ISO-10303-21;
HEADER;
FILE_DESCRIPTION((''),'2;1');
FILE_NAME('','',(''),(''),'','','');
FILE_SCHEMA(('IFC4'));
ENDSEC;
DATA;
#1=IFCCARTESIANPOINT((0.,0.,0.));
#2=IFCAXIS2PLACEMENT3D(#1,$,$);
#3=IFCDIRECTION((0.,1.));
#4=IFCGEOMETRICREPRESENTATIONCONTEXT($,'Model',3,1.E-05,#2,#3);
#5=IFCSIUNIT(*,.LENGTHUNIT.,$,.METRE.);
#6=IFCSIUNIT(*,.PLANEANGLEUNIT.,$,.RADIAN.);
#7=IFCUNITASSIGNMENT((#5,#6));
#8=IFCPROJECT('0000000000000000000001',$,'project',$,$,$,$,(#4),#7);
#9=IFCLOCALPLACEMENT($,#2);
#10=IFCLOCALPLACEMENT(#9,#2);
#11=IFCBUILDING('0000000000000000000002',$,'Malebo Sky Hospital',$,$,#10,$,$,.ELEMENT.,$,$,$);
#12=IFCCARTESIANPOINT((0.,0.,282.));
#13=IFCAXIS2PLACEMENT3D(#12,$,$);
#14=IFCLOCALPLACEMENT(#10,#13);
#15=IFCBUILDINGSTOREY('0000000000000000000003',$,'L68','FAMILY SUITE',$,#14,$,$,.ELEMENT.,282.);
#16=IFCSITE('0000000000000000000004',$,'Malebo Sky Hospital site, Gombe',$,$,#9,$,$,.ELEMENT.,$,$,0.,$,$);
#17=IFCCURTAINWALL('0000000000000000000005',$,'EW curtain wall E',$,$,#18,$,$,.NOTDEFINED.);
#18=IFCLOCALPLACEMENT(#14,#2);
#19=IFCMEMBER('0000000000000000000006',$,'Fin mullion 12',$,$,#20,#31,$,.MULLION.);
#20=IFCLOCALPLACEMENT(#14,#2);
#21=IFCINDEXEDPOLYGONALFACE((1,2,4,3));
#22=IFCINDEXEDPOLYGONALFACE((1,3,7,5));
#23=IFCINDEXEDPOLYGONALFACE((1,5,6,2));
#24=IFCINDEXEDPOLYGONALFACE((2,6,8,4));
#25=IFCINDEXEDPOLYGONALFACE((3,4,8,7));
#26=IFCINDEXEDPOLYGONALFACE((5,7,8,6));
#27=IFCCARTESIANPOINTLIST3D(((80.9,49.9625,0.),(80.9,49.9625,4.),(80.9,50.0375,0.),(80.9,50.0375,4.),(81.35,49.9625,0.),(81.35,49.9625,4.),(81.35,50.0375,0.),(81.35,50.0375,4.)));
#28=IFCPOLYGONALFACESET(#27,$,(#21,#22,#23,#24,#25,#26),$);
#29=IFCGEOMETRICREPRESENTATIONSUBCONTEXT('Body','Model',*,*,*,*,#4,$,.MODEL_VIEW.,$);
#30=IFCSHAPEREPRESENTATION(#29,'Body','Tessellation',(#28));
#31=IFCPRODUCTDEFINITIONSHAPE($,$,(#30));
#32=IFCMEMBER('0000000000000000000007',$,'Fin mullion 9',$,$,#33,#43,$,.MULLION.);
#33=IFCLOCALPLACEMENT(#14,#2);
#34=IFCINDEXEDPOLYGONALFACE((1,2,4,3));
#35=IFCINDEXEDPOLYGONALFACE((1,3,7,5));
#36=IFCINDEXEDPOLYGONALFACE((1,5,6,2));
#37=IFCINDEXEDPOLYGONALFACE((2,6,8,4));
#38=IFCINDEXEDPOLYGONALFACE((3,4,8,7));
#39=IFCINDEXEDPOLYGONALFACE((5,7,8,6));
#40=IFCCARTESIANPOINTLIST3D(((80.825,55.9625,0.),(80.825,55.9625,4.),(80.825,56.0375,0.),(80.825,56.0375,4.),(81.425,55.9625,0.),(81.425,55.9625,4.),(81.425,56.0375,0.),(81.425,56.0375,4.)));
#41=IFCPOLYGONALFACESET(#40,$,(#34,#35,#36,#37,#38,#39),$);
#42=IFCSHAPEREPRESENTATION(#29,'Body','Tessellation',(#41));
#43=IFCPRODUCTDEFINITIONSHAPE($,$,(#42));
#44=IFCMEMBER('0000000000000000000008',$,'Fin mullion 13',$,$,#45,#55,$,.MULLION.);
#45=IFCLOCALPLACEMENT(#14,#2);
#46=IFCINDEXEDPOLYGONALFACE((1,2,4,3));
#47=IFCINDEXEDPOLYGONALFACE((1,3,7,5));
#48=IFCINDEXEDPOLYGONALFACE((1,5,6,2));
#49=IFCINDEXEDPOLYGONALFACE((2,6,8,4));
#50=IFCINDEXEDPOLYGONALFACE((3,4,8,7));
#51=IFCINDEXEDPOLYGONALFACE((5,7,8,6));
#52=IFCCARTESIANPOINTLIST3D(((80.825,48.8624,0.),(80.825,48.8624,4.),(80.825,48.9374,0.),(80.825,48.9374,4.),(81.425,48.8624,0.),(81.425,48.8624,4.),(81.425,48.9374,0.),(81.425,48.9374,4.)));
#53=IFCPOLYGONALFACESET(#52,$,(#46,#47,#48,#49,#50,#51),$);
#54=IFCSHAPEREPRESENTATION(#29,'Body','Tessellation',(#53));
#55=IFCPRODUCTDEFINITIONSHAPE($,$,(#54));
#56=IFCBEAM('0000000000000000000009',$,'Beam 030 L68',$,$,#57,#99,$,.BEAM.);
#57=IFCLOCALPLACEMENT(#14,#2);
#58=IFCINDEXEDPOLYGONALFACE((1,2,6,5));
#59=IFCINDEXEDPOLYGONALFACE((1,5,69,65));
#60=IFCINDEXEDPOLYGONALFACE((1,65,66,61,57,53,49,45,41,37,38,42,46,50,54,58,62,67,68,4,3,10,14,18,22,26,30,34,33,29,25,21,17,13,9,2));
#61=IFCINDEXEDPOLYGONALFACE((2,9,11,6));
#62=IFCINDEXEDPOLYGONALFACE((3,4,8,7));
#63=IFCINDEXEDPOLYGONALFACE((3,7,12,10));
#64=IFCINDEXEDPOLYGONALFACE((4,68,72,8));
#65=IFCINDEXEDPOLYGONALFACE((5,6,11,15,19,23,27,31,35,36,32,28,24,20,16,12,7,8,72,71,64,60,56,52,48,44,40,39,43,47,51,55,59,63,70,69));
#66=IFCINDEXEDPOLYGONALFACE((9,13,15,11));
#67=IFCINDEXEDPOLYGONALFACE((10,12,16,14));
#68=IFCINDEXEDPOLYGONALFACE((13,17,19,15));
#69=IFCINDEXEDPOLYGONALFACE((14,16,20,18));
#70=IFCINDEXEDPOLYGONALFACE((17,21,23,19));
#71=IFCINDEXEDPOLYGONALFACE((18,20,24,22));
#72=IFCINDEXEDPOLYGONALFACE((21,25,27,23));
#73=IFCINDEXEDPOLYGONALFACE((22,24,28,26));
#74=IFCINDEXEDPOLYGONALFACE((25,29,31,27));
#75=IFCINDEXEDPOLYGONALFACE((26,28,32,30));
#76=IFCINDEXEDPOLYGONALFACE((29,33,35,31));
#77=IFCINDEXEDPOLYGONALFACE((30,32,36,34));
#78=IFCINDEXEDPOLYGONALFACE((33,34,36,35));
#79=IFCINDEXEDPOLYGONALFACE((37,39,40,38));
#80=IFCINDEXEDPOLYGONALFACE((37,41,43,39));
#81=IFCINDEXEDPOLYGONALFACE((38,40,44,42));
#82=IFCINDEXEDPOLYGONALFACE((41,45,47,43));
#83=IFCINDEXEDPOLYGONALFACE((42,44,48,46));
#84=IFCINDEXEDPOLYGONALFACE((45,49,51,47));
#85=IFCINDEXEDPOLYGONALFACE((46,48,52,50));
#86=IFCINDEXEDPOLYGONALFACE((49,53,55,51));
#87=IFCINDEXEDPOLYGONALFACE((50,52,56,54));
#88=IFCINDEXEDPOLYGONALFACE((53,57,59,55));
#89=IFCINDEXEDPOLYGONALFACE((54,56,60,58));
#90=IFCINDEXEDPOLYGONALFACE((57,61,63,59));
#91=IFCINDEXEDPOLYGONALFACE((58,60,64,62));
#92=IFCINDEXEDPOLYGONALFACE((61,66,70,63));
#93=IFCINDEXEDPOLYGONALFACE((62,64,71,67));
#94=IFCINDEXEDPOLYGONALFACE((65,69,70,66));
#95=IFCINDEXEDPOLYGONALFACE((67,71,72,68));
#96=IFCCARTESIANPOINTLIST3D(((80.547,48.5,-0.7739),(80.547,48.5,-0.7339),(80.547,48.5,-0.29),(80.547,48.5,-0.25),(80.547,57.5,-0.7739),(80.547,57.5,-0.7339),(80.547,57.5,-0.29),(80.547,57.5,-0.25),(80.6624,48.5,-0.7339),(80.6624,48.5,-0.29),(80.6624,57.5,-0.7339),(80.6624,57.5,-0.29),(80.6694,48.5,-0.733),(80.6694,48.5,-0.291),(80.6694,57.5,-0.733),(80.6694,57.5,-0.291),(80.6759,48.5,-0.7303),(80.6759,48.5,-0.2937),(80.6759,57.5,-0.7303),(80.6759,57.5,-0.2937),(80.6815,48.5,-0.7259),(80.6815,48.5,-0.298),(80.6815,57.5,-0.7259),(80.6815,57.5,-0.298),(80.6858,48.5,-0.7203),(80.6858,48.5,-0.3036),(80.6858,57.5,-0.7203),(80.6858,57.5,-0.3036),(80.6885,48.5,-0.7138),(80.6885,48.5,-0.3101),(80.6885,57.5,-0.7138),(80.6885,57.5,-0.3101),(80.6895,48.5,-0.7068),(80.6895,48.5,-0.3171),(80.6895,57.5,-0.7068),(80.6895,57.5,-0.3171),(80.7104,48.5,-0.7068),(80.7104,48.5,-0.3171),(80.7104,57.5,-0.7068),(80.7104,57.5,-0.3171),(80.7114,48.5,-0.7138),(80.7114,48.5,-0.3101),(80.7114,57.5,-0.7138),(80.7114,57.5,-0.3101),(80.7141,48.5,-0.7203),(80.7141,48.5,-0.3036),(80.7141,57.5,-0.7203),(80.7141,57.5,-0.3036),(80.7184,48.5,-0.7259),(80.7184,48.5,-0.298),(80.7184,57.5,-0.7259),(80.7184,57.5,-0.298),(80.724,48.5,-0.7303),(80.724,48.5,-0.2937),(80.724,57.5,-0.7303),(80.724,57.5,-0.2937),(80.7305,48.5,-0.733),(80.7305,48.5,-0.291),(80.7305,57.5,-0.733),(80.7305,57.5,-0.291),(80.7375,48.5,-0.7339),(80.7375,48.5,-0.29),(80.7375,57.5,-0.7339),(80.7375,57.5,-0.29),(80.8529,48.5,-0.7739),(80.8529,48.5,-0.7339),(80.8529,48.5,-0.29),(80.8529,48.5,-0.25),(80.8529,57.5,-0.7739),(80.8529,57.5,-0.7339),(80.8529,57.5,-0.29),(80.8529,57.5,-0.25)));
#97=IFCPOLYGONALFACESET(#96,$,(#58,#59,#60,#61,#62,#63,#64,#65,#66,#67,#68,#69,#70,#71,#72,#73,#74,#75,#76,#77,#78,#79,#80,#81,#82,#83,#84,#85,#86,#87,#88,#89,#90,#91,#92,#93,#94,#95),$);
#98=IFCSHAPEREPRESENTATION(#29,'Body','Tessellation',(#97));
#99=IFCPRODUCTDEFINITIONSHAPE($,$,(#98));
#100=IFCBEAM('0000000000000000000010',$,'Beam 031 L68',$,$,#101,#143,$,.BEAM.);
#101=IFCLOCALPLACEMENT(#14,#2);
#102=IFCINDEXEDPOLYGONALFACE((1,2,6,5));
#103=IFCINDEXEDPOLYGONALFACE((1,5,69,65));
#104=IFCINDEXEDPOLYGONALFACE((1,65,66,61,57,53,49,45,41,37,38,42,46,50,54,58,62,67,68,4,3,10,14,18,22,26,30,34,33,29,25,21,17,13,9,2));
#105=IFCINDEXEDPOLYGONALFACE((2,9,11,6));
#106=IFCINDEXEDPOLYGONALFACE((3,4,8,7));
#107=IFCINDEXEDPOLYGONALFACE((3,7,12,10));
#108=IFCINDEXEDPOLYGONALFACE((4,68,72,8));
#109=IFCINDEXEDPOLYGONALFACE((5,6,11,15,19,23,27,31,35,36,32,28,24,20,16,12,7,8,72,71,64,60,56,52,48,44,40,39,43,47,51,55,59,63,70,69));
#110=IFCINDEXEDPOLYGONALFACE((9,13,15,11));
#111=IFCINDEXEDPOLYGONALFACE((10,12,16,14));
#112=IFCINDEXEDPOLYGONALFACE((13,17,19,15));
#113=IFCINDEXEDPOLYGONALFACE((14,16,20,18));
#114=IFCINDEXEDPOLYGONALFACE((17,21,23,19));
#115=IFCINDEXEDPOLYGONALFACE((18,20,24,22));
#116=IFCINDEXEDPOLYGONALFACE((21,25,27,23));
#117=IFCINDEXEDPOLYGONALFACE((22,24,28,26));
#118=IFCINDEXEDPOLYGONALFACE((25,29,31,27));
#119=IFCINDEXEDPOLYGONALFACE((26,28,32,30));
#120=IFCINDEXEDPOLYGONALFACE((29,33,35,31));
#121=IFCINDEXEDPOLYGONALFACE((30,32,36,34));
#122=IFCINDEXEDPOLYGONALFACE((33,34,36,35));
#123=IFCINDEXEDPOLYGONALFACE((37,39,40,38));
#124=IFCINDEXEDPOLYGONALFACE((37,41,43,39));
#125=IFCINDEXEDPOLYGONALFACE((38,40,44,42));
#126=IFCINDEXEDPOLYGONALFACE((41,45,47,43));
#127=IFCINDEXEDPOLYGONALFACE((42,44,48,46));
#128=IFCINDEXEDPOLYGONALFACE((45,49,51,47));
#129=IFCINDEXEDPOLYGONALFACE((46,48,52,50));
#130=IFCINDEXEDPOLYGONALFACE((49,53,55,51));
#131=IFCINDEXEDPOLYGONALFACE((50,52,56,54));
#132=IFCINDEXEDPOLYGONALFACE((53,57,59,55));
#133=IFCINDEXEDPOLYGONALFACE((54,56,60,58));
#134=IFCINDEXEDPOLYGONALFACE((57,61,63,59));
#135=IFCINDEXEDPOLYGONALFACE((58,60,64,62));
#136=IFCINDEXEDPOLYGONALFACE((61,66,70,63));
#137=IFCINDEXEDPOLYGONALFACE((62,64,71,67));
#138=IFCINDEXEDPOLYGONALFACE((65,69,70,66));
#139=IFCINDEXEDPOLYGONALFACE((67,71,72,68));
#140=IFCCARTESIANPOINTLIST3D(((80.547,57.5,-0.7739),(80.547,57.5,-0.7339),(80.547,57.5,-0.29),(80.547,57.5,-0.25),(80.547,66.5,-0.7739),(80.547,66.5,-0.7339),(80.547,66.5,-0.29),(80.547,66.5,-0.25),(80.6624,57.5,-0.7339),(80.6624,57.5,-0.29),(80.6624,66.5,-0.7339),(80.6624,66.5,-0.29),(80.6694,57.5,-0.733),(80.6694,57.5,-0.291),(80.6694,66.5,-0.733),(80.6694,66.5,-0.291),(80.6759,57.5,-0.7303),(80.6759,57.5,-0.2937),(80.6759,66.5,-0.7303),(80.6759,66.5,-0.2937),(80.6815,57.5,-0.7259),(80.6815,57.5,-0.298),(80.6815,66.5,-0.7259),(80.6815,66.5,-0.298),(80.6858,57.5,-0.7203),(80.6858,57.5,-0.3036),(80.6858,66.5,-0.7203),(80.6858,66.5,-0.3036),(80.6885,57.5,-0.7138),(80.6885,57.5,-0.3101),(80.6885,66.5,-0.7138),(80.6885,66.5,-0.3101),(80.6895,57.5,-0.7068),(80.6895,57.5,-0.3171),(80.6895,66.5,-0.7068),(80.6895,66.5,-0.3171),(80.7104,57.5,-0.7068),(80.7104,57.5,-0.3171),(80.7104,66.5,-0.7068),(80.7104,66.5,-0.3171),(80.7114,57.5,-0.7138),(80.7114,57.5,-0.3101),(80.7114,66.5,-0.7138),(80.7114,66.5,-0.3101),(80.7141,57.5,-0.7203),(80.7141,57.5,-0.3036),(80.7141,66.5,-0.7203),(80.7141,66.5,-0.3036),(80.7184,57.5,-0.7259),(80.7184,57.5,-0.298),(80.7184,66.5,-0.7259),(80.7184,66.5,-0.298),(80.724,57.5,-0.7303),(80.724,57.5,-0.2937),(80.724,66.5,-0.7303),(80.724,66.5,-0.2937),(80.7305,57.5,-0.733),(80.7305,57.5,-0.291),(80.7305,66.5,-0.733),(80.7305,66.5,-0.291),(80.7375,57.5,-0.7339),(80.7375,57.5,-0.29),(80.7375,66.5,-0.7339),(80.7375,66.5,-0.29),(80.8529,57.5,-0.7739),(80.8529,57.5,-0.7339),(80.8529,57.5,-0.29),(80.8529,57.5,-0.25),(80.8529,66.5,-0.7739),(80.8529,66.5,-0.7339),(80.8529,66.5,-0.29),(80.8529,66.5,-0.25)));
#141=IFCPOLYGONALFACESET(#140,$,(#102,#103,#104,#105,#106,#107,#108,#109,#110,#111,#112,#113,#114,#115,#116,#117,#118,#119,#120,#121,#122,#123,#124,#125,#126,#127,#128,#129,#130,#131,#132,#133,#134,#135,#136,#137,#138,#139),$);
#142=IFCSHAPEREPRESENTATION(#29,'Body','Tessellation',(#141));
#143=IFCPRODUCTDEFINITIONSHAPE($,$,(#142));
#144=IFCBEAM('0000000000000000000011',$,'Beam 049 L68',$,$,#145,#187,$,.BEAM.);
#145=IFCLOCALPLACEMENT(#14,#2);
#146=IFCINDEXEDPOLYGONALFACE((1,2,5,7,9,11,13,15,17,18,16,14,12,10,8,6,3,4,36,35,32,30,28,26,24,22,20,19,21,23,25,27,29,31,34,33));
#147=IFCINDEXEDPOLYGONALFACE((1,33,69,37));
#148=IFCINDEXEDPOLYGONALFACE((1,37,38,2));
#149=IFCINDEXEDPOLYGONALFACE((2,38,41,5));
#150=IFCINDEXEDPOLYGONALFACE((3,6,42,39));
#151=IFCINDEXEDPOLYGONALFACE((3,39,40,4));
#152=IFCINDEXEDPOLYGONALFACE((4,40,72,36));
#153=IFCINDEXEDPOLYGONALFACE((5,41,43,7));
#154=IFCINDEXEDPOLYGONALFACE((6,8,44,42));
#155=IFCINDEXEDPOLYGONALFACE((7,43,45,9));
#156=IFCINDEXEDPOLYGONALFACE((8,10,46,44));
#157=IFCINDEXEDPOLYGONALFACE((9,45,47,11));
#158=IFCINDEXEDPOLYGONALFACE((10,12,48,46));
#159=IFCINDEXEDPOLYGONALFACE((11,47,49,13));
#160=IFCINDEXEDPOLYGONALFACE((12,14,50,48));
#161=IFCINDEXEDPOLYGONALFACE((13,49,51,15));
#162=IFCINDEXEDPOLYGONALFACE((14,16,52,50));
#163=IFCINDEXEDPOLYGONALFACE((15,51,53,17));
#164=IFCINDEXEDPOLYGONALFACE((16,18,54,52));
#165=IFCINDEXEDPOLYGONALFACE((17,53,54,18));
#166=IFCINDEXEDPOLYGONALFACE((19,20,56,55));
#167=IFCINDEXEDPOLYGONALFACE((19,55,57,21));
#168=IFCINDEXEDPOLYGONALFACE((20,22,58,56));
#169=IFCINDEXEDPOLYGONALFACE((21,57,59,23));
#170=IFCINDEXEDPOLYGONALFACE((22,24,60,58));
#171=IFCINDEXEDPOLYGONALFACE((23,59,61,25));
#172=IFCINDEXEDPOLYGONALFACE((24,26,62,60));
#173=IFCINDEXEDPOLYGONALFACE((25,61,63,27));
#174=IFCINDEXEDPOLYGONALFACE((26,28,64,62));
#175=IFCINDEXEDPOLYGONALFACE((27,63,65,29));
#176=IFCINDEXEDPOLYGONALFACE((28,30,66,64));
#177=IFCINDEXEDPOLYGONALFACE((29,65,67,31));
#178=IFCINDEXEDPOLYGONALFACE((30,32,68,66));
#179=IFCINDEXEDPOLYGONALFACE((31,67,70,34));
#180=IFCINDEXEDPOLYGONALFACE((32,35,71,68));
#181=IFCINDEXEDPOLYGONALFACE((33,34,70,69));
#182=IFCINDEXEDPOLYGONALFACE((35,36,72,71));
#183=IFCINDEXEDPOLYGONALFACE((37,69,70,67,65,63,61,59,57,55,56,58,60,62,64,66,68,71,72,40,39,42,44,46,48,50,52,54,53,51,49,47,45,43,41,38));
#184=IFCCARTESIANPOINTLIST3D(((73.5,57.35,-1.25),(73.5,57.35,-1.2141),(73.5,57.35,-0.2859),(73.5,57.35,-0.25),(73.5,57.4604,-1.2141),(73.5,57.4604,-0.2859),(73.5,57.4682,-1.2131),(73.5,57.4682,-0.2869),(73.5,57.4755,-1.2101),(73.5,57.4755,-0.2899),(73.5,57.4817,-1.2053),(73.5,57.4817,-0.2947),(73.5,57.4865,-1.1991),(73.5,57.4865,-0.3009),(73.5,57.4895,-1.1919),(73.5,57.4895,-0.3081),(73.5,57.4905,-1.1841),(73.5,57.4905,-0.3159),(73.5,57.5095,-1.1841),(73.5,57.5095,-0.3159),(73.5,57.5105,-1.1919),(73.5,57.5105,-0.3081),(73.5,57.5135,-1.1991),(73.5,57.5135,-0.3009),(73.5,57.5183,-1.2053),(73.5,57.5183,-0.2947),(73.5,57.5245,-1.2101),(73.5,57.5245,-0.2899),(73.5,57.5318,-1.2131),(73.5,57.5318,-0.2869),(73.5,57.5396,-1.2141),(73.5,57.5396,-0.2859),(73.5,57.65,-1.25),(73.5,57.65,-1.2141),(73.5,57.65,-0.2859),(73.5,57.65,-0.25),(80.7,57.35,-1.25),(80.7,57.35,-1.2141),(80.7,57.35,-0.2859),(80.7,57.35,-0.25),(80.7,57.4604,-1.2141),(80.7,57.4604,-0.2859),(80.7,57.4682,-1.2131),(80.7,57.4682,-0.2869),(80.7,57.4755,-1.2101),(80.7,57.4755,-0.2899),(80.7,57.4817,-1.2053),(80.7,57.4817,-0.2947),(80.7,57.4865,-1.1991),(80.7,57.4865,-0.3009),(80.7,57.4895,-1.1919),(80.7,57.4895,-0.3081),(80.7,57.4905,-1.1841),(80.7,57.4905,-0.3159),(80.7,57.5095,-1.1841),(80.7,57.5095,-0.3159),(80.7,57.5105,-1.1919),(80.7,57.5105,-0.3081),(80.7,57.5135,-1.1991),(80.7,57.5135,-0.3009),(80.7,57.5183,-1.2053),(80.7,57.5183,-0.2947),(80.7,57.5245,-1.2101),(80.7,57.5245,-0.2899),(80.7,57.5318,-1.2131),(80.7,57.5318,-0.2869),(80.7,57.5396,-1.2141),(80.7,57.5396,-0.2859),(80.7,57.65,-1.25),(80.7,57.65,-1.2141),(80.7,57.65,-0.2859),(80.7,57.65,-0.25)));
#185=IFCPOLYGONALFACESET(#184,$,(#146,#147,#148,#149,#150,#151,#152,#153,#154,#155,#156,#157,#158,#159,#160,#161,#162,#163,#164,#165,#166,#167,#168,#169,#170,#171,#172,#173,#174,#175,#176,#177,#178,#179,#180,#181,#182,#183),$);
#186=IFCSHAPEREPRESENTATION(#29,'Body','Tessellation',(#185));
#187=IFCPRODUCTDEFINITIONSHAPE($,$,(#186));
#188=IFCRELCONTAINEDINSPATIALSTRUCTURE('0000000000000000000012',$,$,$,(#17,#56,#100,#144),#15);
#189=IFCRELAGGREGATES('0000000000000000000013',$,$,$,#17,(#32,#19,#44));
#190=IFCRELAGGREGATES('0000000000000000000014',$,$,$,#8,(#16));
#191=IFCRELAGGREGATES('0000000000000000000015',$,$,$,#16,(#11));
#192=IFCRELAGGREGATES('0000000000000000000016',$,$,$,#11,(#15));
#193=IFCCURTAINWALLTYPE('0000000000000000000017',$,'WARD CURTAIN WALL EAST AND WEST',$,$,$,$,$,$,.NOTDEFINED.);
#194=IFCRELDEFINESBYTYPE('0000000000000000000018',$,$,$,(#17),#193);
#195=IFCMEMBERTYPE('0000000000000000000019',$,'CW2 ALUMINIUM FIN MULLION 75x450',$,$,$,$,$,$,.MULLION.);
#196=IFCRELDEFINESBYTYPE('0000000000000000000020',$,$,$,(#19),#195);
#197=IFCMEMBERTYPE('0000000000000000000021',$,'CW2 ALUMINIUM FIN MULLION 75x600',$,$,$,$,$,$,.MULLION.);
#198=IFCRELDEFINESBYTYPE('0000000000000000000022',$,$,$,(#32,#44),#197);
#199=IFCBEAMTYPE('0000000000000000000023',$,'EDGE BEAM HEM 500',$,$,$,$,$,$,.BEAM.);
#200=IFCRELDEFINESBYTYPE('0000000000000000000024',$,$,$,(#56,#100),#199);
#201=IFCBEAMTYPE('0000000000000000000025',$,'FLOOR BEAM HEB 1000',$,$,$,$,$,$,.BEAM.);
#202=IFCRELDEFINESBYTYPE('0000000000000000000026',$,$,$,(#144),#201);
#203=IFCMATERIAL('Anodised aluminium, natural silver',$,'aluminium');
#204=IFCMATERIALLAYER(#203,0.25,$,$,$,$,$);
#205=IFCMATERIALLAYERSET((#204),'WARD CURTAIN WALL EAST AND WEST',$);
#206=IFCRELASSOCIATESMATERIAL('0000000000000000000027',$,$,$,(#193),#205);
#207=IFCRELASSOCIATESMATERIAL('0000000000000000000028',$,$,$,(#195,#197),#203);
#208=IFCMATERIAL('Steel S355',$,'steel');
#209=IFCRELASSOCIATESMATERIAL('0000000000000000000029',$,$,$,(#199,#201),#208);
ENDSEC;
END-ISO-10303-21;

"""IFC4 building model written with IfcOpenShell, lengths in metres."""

from ifc_helpers import new_model, si_unit, direction, frame, origin, origin_2d, place, context, subcontext, project, spatial, rectangle, i_section, extrude, material, layer, layer_set, material_profile, profile_set, type_object, element, aggregate, save


model = new_model("IFC4")

# Units and contexts
model_context = context("Model", 3, precision=1e-05, world=origin(), true_north=direction((0.0, 1.0)))
body_context = subcontext(model_context, "Body", "Model", "MODEL_VIEW")
ifc_project = project(units=[si_unit("LENGTHUNIT", "METRE"), si_unit("PLANEANGLEUNIT", "RADIAN")], contexts=[model_context])

# Site, building, storey
site_placement = place(None, origin())
site = spatial("IfcSite", under=ifc_project, at=site_placement, Name="Malebo Sky Hospital site, Gombe", CompositionType="ELEMENT", RefElevation=0.0)
building_placement = place(site_placement, origin())
building = spatial("IfcBuilding", under=site, at=building_placement, Name="Malebo Sky Hospital", CompositionType="ELEMENT")
storey_placement = place(building_placement, frame((0.0, 0.0, 282.0)))
storey = spatial("IfcBuildingStorey", under=building, at=storey_placement, Name="L68", Description="FAMILY SUITE", CompositionType="ELEMENT", Elevation=282.0)

# Curtain wall
ifc_material_1 = material(Name="Anodised aluminium, natural silver", Category="aluminium")
ifc_layer_1 = layer(ifc_material_1, 0.25)
ifc_layer_set_1 = layer_set([ifc_layer_1], Name="WARD CURTAIN WALL EAST AND WEST")
curtain_wall_type = type_object("IfcCurtainWallType", Name="WARD CURTAIN WALL EAST AND WEST", PredefinedType="NOTDEFINED", material=ifc_layer_set_1)
curtain_wall_placement = place(storey_placement, origin())
curtain_wall = element("IfcCurtainWall", 1, at=curtain_wall_placement, inside=storey, type_object=curtain_wall_type, Name="EW curtain wall E", PredefinedType="NOTDEFINED")

# Members
ifc_material_2 = material(Name="Steel S355", Category="steel")
ifc_material_profile_1 = material_profile(ifc_material_1, rectangle(XDim=0.075, YDim=0.45, at=origin_2d()), Name="CW2 ALUMINIUM FIN MULLION 75x450")
ifc_profile_set_1 = profile_set([ifc_material_profile_1], Name="Anodised aluminium, natural silver")
member_type_1 = type_object("IfcMemberType", Name="CW2 ALUMINIUM FIN MULLION 75x450", PredefinedType="MULLION", material=ifc_profile_set_1)
member_1_placement = place(storey_placement, frame((81.125, 50.0, 0.0), z_axis=(0.0, 0.0, 1.0), x_axis=(0.0, -1.0, 0.0)))
member_1 = element("IfcMember", 2, at=member_1_placement, type_object=member_type_1, Name="Fin mullion 12", PredefinedType="MULLION", context=body_context, shape_type="SweptSolid", body=[
    extrude(rectangle(XDim=0.075, YDim=0.45, at=origin_2d()), origin(), (0.0, 0.0, 1.0), 4.0),
])
ifc_material_profile_2 = material_profile(ifc_material_1, rectangle(XDim=0.075, YDim=0.6001, at=origin_2d()), Name="CW2 ALUMINIUM FIN MULLION 75x600")
ifc_profile_set_2 = profile_set([ifc_material_profile_2], Name="Anodised aluminium, natural silver")
member_type_2 = type_object("IfcMemberType", Name="CW2 ALUMINIUM FIN MULLION 75x600", PredefinedType="MULLION", material=ifc_profile_set_2)
member_2_placement = place(storey_placement, frame((81.125, 56.0, 0.0), z_axis=(0.0, 0.0, 1.0), x_axis=(0.0, -1.0, 0.0)))
member_2 = element("IfcMember", 3, at=member_2_placement, type_object=member_type_2, Name="Fin mullion 9", PredefinedType="MULLION", context=body_context, shape_type="SweptSolid", body=[
    extrude(rectangle(XDim=0.075, YDim=0.6001, at=origin_2d()), origin(), (0.0, 0.0, 1.0), 4.0),
])
member_3_placement = place(storey_placement, frame((81.125, 48.8999, 0.0), z_axis=(0.0, 0.0, 1.0), x_axis=(0.0, -1.0, 0.0)))
member_3 = element("IfcMember", 4, at=member_3_placement, type_object=member_type_2, Name="Fin mullion 13", PredefinedType="MULLION", context=body_context, shape_type="SweptSolid", body=[
    extrude(rectangle(XDim=0.075, YDim=0.6001, at=origin_2d()), origin(), (0.0, 0.0, 1.0), 4.0),
])

# Beams
ifc_material_profile_3 = material_profile(ifc_material_2, i_section(OverallWidth=0.3059, OverallDepth=0.5239, WebThickness=0.021, FlangeThickness=0.04, FilletRadius=0.0271, at=origin_2d()), Name="HEM 500")
ifc_profile_set_3 = profile_set([ifc_material_profile_3], Name="Steel S355")
beam_type_1 = type_object("IfcBeamType", Name="EDGE BEAM HEM 500", PredefinedType="BEAM", material=ifc_profile_set_3)
for number, where, z_axis, x_axis, name in (
    (5, (80.7, 48.5, -0.512), (0.0, 1.0, 0.0), (-1.0, 0.0, 0.0), "Beam 030 L68"),
    (6, (80.7, 57.5, -0.512), (0.0, 1.0, 0.0), (-1.0, 0.0, 0.0), "Beam 031 L68"),
):
    element("IfcBeam", number, at=place(storey_placement, frame(where, z_axis=z_axis, x_axis=x_axis)), inside=storey, type_object=beam_type_1, Name=name, PredefinedType="BEAM", context=body_context, shape_type="SweptSolid", body=[
        extrude(i_section(OverallWidth=0.3059, OverallDepth=0.5239, WebThickness=0.021, FlangeThickness=0.04, FilletRadius=0.0271, at=origin_2d()), origin(), (0.0, 0.0, 1.0), 9.0),
    ])
ifc_material_profile_4 = material_profile(ifc_material_2, i_section(OverallWidth=0.3, OverallDepth=1.0, WebThickness=0.019, FlangeThickness=0.0359, FilletRadius=0.03, at=origin_2d()), Name="HEB 1000")
ifc_profile_set_4 = profile_set([ifc_material_profile_4], Name="Steel S355")
beam_type_2 = type_object("IfcBeamType", Name="FLOOR BEAM HEB 1000", PredefinedType="BEAM", material=ifc_profile_set_4)
beam_1_placement = place(storey_placement, frame((73.5, 57.5, -0.75), z_axis=(1.0, 0.0, 0.0), x_axis=(0.0, 1.0, 0.0)))
element("IfcBeam", 7, at=beam_1_placement, inside=storey, type_object=beam_type_2, Name="Beam 049 L68", PredefinedType="BEAM", context=body_context, shape_type="SweptSolid", body=[
    extrude(i_section(OverallWidth=0.3, OverallDepth=1.0, WebThickness=0.019, FlangeThickness=0.0359, FilletRadius=0.03, at=origin_2d()), origin(), (0.0, 0.0, 1.0), 7.2),
])

aggregate(curtain_wall, [member_2, member_1, member_3])

save(model, "model.ifc")
